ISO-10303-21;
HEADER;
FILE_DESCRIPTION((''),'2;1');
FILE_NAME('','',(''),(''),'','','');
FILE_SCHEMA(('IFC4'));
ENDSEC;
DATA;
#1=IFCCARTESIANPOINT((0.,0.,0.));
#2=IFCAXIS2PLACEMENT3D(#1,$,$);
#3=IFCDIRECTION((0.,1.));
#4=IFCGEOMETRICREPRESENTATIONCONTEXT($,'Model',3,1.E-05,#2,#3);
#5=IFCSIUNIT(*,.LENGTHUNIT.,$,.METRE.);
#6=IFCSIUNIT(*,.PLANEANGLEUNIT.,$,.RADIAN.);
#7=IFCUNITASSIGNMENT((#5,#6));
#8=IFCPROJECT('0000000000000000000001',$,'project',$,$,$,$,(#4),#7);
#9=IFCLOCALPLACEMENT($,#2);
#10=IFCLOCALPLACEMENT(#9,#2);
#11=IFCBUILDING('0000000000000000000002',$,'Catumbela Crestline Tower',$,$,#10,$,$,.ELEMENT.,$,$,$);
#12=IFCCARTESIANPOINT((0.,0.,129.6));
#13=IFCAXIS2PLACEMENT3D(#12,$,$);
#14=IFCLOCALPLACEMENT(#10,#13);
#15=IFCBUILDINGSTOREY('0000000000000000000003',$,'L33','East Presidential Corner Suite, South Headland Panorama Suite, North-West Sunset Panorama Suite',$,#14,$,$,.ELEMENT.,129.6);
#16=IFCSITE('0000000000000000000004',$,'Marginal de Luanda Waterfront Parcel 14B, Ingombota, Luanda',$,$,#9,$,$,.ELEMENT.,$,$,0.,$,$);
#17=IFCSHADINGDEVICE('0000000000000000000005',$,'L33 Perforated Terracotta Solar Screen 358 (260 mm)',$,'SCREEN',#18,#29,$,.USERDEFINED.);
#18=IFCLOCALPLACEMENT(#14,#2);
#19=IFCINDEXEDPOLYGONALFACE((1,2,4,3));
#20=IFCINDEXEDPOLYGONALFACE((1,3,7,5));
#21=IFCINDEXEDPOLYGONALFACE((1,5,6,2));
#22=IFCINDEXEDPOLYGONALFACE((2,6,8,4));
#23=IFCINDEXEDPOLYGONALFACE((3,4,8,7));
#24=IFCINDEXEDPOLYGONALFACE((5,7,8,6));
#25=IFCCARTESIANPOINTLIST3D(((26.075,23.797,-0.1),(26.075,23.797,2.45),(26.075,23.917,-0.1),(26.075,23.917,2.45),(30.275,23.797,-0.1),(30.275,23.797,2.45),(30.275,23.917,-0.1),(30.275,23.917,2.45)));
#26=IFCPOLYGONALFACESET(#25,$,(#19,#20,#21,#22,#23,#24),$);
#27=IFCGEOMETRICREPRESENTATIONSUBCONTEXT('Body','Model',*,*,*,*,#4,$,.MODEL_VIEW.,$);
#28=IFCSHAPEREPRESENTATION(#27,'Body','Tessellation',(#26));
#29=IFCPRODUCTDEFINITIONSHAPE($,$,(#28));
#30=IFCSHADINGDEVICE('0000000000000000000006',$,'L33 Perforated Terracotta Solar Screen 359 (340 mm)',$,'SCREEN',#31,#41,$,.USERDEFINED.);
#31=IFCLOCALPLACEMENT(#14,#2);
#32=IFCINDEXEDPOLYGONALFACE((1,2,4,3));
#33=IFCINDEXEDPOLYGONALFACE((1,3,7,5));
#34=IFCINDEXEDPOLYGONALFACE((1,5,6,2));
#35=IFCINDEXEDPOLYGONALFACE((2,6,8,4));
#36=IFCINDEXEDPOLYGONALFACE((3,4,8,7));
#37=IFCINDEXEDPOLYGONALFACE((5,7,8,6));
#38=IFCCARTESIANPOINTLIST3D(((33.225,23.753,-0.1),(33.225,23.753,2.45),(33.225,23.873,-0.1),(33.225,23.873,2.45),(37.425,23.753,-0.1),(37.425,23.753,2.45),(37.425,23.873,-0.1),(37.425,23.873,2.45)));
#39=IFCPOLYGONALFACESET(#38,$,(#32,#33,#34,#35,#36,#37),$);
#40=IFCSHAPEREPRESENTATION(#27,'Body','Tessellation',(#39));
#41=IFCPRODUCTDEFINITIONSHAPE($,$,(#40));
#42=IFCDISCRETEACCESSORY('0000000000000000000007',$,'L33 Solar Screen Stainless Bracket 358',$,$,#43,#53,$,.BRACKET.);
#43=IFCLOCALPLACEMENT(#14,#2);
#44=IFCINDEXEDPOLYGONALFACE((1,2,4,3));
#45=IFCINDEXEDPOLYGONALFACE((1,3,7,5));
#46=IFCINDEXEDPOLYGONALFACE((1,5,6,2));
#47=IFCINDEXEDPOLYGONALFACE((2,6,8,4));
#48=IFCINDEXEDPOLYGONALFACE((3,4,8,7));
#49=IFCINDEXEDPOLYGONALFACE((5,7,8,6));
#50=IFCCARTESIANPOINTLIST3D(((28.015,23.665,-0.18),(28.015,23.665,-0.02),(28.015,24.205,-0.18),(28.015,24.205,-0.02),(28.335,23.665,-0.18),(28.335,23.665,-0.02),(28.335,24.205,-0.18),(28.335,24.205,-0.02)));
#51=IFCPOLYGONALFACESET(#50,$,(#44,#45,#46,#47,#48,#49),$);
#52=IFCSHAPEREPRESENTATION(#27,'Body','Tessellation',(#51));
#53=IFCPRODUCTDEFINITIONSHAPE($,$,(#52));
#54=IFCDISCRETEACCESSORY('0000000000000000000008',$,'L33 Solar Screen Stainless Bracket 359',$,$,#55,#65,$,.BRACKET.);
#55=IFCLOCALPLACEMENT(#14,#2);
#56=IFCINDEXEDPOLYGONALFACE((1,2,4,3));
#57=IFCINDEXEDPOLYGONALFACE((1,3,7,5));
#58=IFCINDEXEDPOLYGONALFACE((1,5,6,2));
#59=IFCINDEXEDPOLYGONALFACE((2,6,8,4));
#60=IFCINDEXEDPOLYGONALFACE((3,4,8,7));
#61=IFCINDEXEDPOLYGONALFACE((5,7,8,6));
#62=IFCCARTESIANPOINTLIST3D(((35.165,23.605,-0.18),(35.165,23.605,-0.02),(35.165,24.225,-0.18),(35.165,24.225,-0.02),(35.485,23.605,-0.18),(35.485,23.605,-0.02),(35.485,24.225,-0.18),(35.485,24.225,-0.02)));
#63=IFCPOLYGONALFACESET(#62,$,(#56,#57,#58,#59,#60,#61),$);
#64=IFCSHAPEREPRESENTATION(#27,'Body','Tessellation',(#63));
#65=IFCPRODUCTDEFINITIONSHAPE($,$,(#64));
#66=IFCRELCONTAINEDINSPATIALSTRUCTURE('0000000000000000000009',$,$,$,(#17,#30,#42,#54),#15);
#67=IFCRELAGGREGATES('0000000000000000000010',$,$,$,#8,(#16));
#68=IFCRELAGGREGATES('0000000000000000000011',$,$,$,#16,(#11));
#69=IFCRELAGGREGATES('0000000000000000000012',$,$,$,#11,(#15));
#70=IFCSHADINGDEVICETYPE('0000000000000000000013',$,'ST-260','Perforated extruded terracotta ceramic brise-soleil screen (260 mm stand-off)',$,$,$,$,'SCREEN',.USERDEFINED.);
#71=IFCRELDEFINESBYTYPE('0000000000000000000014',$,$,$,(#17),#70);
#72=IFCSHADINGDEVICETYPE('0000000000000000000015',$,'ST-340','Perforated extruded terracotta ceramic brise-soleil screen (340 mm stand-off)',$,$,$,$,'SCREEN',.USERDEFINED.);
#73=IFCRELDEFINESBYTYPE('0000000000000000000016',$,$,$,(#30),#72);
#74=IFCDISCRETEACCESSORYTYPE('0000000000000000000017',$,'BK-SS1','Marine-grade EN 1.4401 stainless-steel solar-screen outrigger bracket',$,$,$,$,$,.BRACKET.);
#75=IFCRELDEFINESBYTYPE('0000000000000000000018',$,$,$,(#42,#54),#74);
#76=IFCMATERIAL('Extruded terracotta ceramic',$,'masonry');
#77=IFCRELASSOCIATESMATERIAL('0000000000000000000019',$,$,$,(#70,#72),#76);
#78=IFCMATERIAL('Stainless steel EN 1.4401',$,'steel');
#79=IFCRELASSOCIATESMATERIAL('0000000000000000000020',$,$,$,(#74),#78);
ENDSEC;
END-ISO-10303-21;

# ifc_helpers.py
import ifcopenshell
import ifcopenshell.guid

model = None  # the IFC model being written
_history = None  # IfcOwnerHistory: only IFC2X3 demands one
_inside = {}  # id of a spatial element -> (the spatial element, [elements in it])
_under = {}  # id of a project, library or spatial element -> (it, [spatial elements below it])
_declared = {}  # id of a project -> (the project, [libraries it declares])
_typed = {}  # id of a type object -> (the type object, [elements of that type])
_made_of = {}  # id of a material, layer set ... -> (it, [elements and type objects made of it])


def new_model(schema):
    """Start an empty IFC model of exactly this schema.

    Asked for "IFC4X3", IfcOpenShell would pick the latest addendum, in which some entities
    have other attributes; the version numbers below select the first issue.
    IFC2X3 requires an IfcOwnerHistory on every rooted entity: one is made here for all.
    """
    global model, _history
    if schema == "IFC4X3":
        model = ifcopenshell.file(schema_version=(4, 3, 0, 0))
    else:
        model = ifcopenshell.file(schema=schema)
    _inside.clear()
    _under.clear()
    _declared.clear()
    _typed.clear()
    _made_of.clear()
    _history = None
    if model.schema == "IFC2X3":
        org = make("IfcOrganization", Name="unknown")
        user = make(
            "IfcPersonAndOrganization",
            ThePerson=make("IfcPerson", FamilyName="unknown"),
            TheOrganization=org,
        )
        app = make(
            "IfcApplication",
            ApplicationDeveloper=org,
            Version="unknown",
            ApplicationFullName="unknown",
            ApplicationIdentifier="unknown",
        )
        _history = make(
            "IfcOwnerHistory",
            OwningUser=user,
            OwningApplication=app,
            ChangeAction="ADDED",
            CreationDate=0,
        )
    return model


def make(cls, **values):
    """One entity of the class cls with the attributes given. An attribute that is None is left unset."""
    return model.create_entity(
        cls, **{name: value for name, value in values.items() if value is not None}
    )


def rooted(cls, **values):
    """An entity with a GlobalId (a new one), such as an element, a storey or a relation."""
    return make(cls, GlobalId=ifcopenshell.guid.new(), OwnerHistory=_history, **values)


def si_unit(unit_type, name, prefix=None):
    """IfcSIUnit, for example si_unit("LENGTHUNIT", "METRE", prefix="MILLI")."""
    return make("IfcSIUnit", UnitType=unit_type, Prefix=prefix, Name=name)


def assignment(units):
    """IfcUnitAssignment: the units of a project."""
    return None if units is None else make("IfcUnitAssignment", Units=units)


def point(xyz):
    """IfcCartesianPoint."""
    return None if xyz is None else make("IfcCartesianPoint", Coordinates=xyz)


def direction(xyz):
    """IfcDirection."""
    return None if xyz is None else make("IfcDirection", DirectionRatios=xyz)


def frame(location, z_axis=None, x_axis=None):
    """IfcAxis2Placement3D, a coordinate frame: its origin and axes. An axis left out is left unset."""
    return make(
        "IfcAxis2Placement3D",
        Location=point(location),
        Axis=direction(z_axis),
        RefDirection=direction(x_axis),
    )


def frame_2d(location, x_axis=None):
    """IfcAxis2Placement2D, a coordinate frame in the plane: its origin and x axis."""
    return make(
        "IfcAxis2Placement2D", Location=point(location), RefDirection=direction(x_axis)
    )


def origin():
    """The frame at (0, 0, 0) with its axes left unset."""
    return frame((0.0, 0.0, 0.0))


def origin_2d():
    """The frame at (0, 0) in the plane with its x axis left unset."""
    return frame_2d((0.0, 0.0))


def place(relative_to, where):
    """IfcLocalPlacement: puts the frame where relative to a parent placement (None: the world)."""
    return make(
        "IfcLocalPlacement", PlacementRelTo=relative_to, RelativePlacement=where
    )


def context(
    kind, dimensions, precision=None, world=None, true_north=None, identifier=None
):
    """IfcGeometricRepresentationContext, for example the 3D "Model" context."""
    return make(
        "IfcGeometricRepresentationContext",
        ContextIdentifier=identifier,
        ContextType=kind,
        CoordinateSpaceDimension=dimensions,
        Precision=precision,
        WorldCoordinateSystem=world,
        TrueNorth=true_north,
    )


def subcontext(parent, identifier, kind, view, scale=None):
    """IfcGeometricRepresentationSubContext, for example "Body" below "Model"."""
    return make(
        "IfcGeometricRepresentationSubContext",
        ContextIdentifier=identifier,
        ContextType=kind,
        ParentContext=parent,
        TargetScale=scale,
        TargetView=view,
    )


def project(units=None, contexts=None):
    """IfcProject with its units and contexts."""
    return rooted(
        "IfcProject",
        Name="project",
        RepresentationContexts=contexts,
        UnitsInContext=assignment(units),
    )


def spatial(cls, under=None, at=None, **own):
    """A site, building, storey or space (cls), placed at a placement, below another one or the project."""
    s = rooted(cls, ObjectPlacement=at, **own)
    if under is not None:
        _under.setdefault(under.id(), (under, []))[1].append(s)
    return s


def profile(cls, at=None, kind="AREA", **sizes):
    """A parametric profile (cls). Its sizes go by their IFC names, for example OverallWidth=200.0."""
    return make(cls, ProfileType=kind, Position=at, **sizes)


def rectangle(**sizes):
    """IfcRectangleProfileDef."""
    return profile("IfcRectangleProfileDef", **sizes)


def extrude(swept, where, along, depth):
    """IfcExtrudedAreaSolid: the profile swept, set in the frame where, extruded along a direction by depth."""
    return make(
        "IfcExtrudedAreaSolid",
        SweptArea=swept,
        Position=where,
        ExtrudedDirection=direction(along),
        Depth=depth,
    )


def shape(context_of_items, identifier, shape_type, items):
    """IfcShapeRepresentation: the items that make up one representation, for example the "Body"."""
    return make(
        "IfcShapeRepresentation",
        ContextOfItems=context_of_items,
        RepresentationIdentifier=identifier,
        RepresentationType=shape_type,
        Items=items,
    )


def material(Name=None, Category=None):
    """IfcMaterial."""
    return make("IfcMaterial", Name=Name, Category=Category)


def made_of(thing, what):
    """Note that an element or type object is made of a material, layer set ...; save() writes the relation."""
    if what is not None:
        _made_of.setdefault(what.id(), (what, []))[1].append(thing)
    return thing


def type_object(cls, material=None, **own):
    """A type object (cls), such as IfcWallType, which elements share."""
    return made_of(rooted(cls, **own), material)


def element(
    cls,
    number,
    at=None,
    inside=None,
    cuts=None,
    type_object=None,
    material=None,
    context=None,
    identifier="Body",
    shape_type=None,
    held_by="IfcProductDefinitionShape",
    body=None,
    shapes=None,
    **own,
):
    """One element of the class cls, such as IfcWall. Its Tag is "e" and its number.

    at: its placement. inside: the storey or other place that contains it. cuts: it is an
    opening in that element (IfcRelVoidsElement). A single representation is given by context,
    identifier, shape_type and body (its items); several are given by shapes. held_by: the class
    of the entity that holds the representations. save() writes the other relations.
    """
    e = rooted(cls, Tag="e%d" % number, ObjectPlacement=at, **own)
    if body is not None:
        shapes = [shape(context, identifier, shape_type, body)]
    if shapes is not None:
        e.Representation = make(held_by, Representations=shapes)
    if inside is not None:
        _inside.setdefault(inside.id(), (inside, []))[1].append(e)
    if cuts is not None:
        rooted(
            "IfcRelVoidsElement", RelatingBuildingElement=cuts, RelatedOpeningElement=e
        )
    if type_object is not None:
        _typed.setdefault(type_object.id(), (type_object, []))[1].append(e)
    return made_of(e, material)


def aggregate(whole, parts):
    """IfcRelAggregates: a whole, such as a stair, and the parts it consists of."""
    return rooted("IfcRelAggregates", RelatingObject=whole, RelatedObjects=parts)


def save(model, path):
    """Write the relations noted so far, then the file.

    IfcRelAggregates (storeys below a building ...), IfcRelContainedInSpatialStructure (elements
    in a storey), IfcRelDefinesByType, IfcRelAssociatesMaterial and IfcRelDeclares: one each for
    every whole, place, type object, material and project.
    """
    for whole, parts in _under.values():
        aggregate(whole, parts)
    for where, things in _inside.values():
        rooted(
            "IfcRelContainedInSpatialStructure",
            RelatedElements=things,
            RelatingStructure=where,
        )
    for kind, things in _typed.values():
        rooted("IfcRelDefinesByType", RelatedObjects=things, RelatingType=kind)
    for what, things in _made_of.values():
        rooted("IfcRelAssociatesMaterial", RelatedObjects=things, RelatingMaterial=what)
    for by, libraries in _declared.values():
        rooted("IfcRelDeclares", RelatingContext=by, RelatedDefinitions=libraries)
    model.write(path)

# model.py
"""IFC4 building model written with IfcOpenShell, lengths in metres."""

from ifc_helpers import new_model, si_unit, direction, frame, origin, origin_2d, place, context, subcontext, project, spatial, rectangle, extrude, material, type_object, element, save


model = new_model("IFC4")

# Units and contexts
model_context = context("Model", 3, precision=1e-05, world=origin(), true_north=direction((0.0, 1.0)))
body_context = subcontext(model_context, "Body", "Model", "MODEL_VIEW")
ifc_project = project(units=[si_unit("LENGTHUNIT", "METRE"), si_unit("PLANEANGLEUNIT", "RADIAN")], contexts=[model_context])

# Site, building, storey
site_placement = place(None, origin())
site = spatial("IfcSite", under=ifc_project, at=site_placement, Name="Marginal de Luanda Waterfront Parcel 14B, Ingombota, Luanda", CompositionType="ELEMENT", RefElevation=0.0)
building_placement = place(site_placement, origin())
building = spatial("IfcBuilding", under=site, at=building_placement, Name="Catumbela Crestline Tower", CompositionType="ELEMENT")
storey_placement = place(building_placement, frame((0.0, 0.0, 129.6)))
storey = spatial("IfcBuildingStorey", under=building, at=storey_placement, Name="L33", Description="East Presidential Corner Suite, South Headland Panorama Suite, North-West Sunset Panorama Suite", CompositionType="ELEMENT", Elevation=129.6)

# Shared definitions
ifc_material_1 = material(Name="Stainless steel EN 1.4401", Category="steel")

# Shading devices
ifc_material_2 = material(Name="Extruded terracotta ceramic", Category="masonry")
shading_device_type_1 = type_object("IfcShadingDeviceType", Name="ST-260", Description="Perforated extruded terracotta ceramic brise-soleil screen (260 mm stand-off)", ElementType="SCREEN", PredefinedType="USERDEFINED", material=ifc_material_2)
shading_device_1_placement = place(storey_placement, frame((28.175, 23.857, -0.1), z_axis=(0.0, 0.0, 1.0), x_axis=(1.0, 0.0, 0.0)))
element("IfcShadingDevice", 1, at=shading_device_1_placement, inside=storey, type_object=shading_device_type_1, Name="L33 Perforated Terracotta Solar Screen 358 (260 mm)", ObjectType="SCREEN", PredefinedType="USERDEFINED", context=body_context, shape_type="SweptSolid", body=[
    extrude(rectangle(XDim=4.2, YDim=0.12, at=origin_2d()), origin(), (0.0, 0.0, 1.0), 2.55),
])
shading_device_type_2 = type_object("IfcShadingDeviceType", Name="ST-340", Description="Perforated extruded terracotta ceramic brise-soleil screen (340 mm stand-off)", ElementType="SCREEN", PredefinedType="USERDEFINED", material=ifc_material_2)
shading_device_2_placement = place(storey_placement, frame((35.325, 23.813, -0.1), z_axis=(0.0, 0.0, 1.0), x_axis=(1.0, 0.0, 0.0)))
element("IfcShadingDevice", 2, at=shading_device_2_placement, inside=storey, type_object=shading_device_type_2, Name="L33 Perforated Terracotta Solar Screen 359 (340 mm)", ObjectType="SCREEN", PredefinedType="USERDEFINED", context=body_context, shape_type="SweptSolid", body=[
    extrude(rectangle(XDim=4.2, YDim=0.12, at=origin_2d()), origin(), (0.0, 0.0, 1.0), 2.55),
])

# Discrete accessories
discrete_accessory_type = type_object("IfcDiscreteAccessoryType", Name="BK-SS1", Description="Marine-grade EN 1.4401 stainless-steel solar-screen outrigger bracket", PredefinedType="BRACKET", material=ifc_material_1)
discrete_accessory_1_placement = place(storey_placement, frame((28.175, 23.935, -0.18), z_axis=(0.0, 0.0, 1.0), x_axis=(1.0, 0.0, 0.0)))
element("IfcDiscreteAccessory", 3, at=discrete_accessory_1_placement, inside=storey, type_object=discrete_accessory_type, Name="L33 Solar Screen Stainless Bracket 358", PredefinedType="BRACKET", context=body_context, shape_type="SweptSolid", body=[
    extrude(rectangle(XDim=0.32, YDim=0.54, at=origin_2d()), origin(), (0.0, 0.0, 1.0), 0.16),
])
discrete_accessory_2_placement = place(storey_placement, frame((35.325, 23.915, -0.18), z_axis=(0.0, 0.0, 1.0), x_axis=(1.0, 0.0, 0.0)))
element("IfcDiscreteAccessory", 4, at=discrete_accessory_2_placement, inside=storey, type_object=discrete_accessory_type, Name="L33 Solar Screen Stainless Bracket 359", PredefinedType="BRACKET", context=body_context, shape_type="SweptSolid", body=[
    extrude(rectangle(XDim=0.32, YDim=0.62, at=origin_2d()), origin(), (0.0, 0.0, 1.0), 0.16),
])

save(model, "model.ifc")
